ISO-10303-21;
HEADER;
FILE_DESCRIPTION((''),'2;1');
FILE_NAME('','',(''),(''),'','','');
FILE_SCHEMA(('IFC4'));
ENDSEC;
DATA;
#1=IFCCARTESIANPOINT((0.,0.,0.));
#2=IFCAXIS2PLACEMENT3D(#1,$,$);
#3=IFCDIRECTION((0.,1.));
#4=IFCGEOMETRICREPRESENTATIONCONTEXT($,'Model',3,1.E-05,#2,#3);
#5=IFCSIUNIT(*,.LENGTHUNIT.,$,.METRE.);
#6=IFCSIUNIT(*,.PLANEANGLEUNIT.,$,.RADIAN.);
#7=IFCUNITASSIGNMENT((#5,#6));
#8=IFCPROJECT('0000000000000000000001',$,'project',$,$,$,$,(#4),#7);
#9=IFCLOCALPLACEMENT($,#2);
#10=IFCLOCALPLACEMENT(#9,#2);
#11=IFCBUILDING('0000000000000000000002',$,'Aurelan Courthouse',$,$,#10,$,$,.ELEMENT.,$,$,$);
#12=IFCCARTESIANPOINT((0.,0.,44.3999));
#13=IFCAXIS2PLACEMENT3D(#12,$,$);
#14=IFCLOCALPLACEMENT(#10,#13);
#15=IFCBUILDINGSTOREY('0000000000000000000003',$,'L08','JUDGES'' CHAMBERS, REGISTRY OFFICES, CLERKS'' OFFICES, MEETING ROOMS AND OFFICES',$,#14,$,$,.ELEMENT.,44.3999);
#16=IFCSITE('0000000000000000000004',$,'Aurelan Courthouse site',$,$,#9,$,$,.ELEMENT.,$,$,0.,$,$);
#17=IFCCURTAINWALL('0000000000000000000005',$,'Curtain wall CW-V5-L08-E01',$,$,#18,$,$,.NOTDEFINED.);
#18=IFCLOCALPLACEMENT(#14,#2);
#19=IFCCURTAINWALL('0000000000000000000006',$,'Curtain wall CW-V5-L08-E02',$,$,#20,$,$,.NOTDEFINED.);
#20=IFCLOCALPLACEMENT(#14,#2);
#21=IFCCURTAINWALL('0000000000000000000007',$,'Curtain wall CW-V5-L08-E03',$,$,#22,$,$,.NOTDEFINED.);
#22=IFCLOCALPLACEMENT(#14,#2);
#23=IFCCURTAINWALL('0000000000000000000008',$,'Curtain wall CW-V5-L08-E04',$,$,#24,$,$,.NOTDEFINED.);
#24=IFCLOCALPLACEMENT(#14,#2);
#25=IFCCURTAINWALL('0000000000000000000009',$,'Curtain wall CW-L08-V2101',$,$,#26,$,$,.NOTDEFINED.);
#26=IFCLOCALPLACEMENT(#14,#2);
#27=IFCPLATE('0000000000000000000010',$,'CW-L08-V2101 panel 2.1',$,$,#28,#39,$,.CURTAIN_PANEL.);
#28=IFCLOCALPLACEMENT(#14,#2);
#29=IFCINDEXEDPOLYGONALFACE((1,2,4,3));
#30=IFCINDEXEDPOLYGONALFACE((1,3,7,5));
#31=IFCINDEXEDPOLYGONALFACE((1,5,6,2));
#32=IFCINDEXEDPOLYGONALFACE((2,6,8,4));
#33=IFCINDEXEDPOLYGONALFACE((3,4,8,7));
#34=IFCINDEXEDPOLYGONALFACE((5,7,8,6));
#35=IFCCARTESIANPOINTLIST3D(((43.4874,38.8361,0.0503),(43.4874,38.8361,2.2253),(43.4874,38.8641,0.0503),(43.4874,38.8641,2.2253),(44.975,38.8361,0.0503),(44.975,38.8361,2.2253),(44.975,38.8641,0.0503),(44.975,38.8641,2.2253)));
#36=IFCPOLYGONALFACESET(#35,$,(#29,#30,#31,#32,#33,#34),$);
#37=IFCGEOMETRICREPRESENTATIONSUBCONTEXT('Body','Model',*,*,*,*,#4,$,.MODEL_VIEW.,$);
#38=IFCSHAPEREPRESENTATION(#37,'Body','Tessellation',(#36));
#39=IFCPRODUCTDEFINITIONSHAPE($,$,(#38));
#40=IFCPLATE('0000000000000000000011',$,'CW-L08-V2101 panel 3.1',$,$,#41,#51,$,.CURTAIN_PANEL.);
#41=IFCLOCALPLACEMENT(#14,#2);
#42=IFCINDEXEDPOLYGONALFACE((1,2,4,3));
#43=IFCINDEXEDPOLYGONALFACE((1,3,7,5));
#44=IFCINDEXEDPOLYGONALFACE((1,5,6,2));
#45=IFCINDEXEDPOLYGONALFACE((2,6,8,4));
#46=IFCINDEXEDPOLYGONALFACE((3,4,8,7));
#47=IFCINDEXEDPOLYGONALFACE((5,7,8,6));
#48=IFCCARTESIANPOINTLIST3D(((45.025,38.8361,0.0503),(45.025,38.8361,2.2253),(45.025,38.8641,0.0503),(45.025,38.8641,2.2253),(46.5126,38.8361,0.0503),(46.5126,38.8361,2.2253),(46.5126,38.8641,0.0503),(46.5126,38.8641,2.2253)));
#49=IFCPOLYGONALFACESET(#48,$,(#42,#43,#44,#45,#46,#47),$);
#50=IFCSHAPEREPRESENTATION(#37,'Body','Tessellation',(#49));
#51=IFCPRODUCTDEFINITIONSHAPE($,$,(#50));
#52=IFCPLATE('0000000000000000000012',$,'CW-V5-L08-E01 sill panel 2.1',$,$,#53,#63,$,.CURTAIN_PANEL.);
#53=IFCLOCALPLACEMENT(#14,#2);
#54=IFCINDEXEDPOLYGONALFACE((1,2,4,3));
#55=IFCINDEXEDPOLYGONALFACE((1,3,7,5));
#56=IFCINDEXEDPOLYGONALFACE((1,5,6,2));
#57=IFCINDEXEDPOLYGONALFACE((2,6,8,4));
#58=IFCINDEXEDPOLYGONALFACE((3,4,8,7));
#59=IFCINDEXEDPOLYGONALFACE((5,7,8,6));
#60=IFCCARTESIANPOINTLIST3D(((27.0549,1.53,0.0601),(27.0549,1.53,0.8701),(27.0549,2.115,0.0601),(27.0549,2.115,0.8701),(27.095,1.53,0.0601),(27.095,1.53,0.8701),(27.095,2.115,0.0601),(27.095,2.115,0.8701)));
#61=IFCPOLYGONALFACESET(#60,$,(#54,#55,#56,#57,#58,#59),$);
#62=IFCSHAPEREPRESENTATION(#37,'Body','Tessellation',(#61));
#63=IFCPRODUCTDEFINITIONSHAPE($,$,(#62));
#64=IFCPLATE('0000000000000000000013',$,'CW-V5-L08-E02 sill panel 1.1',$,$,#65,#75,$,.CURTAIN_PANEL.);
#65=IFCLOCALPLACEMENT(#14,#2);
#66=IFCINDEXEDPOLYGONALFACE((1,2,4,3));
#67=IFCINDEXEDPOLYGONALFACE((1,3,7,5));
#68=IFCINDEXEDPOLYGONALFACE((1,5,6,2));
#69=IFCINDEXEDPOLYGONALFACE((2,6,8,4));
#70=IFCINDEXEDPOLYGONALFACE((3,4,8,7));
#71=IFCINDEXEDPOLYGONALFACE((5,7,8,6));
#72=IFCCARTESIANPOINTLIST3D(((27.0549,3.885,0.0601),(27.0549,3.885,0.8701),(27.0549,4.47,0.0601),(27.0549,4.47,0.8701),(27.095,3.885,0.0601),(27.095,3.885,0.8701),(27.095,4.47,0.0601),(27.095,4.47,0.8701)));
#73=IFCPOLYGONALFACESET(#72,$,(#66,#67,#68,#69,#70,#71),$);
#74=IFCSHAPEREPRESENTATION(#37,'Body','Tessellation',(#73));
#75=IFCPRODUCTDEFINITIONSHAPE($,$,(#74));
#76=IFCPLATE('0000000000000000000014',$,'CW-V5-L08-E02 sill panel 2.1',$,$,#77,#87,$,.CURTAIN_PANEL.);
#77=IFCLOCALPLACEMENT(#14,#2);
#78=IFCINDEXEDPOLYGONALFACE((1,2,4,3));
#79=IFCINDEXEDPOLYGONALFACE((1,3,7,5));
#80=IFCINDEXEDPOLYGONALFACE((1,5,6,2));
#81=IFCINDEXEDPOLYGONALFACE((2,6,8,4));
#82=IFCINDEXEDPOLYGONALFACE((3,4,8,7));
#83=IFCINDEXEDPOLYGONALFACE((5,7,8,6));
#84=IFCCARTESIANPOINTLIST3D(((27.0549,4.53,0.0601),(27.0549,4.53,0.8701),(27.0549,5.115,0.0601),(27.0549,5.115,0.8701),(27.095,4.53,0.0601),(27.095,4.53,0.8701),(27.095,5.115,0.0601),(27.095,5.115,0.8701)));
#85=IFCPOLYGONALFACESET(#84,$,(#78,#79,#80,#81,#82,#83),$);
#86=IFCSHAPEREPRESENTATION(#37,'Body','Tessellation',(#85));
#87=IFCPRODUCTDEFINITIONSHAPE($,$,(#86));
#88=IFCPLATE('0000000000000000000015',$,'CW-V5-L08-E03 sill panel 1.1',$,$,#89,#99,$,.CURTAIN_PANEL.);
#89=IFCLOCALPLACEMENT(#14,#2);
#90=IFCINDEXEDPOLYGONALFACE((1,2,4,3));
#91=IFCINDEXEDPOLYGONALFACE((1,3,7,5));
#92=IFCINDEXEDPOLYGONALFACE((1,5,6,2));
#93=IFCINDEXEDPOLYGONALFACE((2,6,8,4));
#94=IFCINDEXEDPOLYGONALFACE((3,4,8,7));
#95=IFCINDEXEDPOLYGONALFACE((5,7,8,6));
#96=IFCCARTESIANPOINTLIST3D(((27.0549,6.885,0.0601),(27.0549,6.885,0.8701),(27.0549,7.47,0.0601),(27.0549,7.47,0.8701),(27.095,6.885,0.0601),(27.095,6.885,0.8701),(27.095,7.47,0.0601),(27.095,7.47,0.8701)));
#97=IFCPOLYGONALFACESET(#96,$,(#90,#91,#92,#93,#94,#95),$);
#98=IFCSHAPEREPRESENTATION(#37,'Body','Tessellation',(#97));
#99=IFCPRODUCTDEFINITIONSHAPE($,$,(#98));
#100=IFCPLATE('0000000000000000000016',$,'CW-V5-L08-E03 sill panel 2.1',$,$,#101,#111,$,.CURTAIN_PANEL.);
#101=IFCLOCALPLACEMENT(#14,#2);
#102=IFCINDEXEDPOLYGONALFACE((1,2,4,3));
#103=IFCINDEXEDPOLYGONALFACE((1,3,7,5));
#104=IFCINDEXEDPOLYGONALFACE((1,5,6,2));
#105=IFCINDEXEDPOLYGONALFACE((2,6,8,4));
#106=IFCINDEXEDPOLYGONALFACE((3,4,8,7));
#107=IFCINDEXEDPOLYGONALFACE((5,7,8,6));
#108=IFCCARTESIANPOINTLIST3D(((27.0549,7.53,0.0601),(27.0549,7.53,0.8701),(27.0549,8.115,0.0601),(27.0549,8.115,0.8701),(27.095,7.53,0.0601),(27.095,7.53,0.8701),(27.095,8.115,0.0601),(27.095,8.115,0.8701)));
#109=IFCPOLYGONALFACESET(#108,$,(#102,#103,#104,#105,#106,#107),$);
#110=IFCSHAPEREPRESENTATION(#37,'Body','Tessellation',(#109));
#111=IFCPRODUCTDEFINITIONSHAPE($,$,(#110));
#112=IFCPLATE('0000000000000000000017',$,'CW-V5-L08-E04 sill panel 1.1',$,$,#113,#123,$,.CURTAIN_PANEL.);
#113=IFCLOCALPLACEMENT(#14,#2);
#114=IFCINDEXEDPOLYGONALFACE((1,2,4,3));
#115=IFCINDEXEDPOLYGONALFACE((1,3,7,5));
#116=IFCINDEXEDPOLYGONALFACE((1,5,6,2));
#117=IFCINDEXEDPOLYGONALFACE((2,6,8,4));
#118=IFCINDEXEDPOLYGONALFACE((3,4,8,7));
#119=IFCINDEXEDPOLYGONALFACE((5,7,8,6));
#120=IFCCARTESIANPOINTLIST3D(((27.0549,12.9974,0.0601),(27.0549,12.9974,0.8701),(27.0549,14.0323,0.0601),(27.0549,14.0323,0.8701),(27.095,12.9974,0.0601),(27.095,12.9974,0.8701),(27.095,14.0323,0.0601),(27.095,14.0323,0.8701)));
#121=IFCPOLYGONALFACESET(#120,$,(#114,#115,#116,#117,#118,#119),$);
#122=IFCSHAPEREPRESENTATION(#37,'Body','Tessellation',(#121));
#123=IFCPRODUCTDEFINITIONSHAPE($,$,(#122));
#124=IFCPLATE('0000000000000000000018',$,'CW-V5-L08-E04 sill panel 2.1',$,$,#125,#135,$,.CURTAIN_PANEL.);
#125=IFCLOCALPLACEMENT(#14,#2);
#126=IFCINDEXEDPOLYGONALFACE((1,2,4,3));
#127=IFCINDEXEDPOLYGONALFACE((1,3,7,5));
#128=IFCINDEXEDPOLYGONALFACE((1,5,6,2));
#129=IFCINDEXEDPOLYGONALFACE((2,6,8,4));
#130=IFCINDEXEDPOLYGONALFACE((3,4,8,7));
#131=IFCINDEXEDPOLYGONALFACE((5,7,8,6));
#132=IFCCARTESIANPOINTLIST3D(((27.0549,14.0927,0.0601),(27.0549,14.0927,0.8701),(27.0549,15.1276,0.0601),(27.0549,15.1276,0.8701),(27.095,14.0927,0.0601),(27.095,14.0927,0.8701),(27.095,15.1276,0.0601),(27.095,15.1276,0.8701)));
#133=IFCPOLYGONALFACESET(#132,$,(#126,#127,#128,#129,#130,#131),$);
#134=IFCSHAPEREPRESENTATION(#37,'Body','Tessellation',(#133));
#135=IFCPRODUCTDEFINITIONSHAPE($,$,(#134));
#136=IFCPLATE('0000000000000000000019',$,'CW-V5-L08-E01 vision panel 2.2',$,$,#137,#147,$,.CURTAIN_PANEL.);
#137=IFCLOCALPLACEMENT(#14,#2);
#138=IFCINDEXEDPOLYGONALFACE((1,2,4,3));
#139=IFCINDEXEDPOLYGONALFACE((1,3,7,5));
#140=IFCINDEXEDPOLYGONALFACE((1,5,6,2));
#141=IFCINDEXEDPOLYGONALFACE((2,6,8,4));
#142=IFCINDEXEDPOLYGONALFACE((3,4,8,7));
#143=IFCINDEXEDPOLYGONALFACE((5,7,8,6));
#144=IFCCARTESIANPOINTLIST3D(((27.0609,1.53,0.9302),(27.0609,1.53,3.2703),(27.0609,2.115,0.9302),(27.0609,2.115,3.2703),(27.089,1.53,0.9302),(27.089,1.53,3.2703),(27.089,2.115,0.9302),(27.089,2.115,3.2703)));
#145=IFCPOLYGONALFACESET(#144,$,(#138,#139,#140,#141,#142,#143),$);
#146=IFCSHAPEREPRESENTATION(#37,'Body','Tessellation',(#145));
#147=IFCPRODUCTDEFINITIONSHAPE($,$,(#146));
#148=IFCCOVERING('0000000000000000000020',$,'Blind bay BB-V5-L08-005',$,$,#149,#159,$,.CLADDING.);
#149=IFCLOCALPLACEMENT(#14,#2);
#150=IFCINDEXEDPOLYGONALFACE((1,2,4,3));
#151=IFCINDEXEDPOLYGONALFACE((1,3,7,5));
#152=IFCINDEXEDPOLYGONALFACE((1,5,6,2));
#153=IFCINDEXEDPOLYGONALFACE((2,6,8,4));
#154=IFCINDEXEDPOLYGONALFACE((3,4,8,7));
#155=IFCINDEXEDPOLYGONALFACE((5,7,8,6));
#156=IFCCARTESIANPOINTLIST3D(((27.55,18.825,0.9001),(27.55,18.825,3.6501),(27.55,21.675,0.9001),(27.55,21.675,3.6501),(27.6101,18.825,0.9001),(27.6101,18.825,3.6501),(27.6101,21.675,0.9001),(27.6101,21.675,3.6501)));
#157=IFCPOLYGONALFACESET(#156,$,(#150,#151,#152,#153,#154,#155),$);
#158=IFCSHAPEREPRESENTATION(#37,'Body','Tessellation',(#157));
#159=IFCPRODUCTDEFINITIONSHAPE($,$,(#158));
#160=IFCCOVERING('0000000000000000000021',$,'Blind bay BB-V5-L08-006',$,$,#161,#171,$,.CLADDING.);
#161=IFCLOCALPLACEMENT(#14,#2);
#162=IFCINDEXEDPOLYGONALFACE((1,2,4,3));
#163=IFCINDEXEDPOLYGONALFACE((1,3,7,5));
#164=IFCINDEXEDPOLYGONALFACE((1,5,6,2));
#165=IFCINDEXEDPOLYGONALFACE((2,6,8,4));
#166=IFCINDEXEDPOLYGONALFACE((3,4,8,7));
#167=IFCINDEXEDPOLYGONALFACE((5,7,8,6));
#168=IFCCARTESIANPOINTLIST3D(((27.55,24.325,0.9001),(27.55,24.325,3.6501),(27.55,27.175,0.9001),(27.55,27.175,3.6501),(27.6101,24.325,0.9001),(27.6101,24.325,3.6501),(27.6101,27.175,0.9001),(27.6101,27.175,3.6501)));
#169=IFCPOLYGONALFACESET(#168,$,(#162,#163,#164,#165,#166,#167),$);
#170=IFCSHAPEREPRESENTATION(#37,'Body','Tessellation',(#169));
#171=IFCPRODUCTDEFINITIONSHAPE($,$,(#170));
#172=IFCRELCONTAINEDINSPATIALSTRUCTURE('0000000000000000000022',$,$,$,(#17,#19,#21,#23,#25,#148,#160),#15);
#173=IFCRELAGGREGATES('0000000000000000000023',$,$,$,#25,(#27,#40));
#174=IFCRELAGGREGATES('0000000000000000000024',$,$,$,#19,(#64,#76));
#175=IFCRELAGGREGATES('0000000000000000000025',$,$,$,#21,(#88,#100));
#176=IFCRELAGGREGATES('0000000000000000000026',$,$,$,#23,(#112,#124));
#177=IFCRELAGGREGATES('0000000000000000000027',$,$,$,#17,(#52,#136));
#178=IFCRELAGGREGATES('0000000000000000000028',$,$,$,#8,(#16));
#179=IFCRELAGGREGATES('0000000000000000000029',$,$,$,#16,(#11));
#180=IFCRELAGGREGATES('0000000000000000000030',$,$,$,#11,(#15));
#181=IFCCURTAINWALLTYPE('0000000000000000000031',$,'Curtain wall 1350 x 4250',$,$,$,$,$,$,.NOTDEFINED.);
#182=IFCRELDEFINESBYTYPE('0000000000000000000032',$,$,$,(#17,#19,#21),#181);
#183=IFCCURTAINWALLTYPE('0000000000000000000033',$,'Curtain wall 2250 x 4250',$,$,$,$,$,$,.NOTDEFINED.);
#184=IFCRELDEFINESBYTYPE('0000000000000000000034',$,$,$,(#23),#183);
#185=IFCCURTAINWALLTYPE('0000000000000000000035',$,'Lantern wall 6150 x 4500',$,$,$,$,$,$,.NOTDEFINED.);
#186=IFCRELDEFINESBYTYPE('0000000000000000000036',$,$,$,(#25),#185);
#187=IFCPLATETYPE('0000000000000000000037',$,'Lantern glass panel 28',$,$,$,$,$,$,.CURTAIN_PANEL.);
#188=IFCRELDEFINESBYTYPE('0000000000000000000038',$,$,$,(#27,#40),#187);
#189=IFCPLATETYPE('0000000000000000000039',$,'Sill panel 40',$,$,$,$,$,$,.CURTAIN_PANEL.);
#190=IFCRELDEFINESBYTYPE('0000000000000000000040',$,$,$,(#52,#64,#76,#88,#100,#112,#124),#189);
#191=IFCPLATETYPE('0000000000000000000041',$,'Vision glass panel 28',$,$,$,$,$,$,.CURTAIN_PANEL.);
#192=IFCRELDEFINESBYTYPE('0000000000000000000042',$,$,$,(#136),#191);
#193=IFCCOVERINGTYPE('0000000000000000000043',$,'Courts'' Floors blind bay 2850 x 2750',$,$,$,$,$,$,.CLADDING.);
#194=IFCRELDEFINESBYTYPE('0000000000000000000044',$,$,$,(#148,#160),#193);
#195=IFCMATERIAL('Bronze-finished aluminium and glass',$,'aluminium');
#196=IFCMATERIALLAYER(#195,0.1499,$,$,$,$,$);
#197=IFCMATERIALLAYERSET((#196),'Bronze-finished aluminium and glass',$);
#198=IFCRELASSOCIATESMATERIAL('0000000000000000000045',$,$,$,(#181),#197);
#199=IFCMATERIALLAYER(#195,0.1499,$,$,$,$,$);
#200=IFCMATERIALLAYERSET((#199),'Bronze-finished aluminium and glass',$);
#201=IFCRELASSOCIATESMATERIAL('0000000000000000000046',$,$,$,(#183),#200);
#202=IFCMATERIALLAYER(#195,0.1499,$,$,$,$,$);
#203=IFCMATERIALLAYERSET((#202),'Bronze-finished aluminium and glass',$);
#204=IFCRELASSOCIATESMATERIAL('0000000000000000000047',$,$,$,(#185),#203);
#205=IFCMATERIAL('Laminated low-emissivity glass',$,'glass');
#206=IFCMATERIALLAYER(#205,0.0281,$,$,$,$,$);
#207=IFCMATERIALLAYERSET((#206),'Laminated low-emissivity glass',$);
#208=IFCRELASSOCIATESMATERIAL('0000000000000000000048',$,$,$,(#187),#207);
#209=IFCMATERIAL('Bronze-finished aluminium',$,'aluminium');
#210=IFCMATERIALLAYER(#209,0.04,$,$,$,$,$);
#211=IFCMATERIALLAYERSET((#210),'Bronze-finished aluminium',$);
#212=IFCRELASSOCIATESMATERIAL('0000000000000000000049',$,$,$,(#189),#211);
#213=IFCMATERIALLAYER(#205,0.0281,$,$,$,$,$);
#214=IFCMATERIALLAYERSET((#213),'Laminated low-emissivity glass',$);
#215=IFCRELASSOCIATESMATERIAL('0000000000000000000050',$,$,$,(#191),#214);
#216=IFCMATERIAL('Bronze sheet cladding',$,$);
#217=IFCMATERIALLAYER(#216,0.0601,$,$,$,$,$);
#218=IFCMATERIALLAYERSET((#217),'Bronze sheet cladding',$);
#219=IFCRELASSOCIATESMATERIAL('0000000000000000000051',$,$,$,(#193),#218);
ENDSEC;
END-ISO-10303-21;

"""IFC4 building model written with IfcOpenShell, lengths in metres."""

from ifc_helpers import new_model, si_unit, direction, frame, origin, origin_2d, place, context, subcontext, project, spatial, rectangle, extrude, material, layer, layer_set, type_object, element, aggregate, save


model = new_model("IFC4")

# Units and contexts
model_context = context("Model", 3, precision=1e-05, world=origin(), true_north=direction((0.0, 1.0)))
body_context = subcontext(model_context, "Body", "Model", "MODEL_VIEW")
ifc_project = project(units=[si_unit("LENGTHUNIT", "METRE"), si_unit("PLANEANGLEUNIT", "RADIAN")], contexts=[model_context])

# Site, building, storey
site_placement = place(None, origin())
site = spatial("IfcSite", under=ifc_project, at=site_placement, Name="Aurelan Courthouse site", CompositionType="ELEMENT", RefElevation=0.0)
building_placement = place(site_placement, origin())
building = spatial("IfcBuilding", under=site, at=building_placement, Name="Aurelan Courthouse", CompositionType="ELEMENT")
storey_placement = place(building_placement, frame((0.0, 0.0, 44.3999)))
storey = spatial("IfcBuildingStorey", under=building, at=storey_placement, Name="L08", Description="JUDGES' CHAMBERS, REGISTRY OFFICES, CLERKS' OFFICES, MEETING ROOMS AND OFFICES", CompositionType="ELEMENT", Elevation=44.3999)

# Curtain walls
ifc_material_1 = material(Name="Bronze-finished aluminium and glass", Category="aluminium")
ifc_layer_1 = layer(ifc_material_1, 0.1499)
ifc_layer_set_1 = layer_set([ifc_layer_1], Name="Bronze-finished aluminium and glass")
curtain_wall_type_1 = type_object("IfcCurtainWallType", Name="Curtain wall 1350 x 4250", PredefinedType="NOTDEFINED", material=ifc_layer_set_1)
curtain_wall_1_placement = place(storey_placement, origin())
curtain_wall_1 = element("IfcCurtainWall", 1, at=curtain_wall_1_placement, inside=storey, type_object=curtain_wall_type_1, Name="Curtain wall CW-V5-L08-E01", PredefinedType="NOTDEFINED")
ifc_material_2 = material(Name="Bronze-finished aluminium", Category="aluminium")
curtain_wall_2_placement = place(storey_placement, origin())
curtain_wall_2 = element("IfcCurtainWall", 2, at=curtain_wall_2_placement, inside=storey, type_object=curtain_wall_type_1, Name="Curtain wall CW-V5-L08-E02", PredefinedType="NOTDEFINED")
curtain_wall_3_placement = place(storey_placement, origin())
curtain_wall_3 = element("IfcCurtainWall", 3, at=curtain_wall_3_placement, inside=storey, type_object=curtain_wall_type_1, Name="Curtain wall CW-V5-L08-E03", PredefinedType="NOTDEFINED")
ifc_layer_2 = layer(ifc_material_1, 0.1499)
ifc_layer_set_2 = layer_set([ifc_layer_2], Name="Bronze-finished aluminium and glass")
curtain_wall_type_2 = type_object("IfcCurtainWallType", Name="Curtain wall 2250 x 4250", PredefinedType="NOTDEFINED", material=ifc_layer_set_2)
curtain_wall_4_placement = place(storey_placement, origin())
curtain_wall_4 = element("IfcCurtainWall", 4, at=curtain_wall_4_placement, inside=storey, type_object=curtain_wall_type_2, Name="Curtain wall CW-V5-L08-E04", PredefinedType="NOTDEFINED")

# Curtain wall, plates
ifc_layer_3 = layer(ifc_material_1, 0.1499)
ifc_layer_set_3 = layer_set([ifc_layer_3], Name="Bronze-finished aluminium and glass")
curtain_wall_type_3 = type_object("IfcCurtainWallType", Name="Lantern wall 6150 x 4500", PredefinedType="NOTDEFINED", material=ifc_layer_set_3)
curtain_wall_5_placement = place(storey_placement, origin())
curtain_wall_5 = element("IfcCurtainWall", 5, at=curtain_wall_5_placement, inside=storey, type_object=curtain_wall_type_3, Name="Curtain wall CW-L08-V2101", PredefinedType="NOTDEFINED")
ifc_material_3 = material(Name="Laminated low-emissivity glass", Category="glass")
ifc_layer_4 = layer(ifc_material_3, 0.0281)
ifc_layer_set_4 = layer_set([ifc_layer_4], Name="Laminated low-emissivity glass")
plate_type_1 = type_object("IfcPlateType", Name="Lantern glass panel 28", PredefinedType="CURTAIN_PANEL", material=ifc_layer_set_4)
plate_1_placement = place(storey_placement, frame((44.2312, 38.8501, 0.0503), z_axis=(0.0, 0.0, 1.0), x_axis=(1.0, 0.0, 0.0)))
plate_1 = element("IfcPlate", 6, at=plate_1_placement, type_object=plate_type_1, Name="CW-L08-V2101 panel 2.1", PredefinedType="CURTAIN_PANEL", context=body_context, shape_type="SweptSolid", body=[
    extrude(rectangle(XDim=1.4875, YDim=0.0281, at=origin_2d()), origin(), (0.0, 0.0, 1.0), 2.175),
])
plate_2_placement = place(storey_placement, frame((45.7688, 38.8501, 0.0503), z_axis=(0.0, 0.0, 1.0), x_axis=(1.0, 0.0, 0.0)))
plate_2 = element("IfcPlate", 7, at=plate_2_placement, type_object=plate_type_1, Name="CW-L08-V2101 panel 3.1", PredefinedType="CURTAIN_PANEL", context=body_context, shape_type="SweptSolid", body=[
    extrude(rectangle(XDim=1.4875, YDim=0.0281, at=origin_2d()), origin(), (0.0, 0.0, 1.0), 2.175),
])
aggregate(curtain_wall_5, [plate_1, plate_2])

# Plates
ifc_layer_5 = layer(ifc_material_2, 0.04)
ifc_layer_set_5 = layer_set([ifc_layer_5], Name="Bronze-finished aluminium")
plate_type_2 = type_object("IfcPlateType", Name="Sill panel 40", PredefinedType="CURTAIN_PANEL", material=ifc_layer_set_5)
plate_3_placement = place(storey_placement, frame((27.075, 1.8225, 0.0601), z_axis=(0.0, 0.0, 1.0), x_axis=(0.0, 1.0, 0.0)))
plate_3 = element("IfcPlate", 8, at=plate_3_placement, type_object=plate_type_2, Name="CW-V5-L08-E01 sill panel 2.1", PredefinedType="CURTAIN_PANEL", context=body_context, shape_type="SweptSolid", body=[
    extrude(rectangle(XDim=0.585, YDim=0.04, at=origin_2d()), origin(), (0.0, 0.0, 1.0), 0.8101),
])
plate_4_placement = place(storey_placement, frame((27.075, 4.1775, 0.0601), z_axis=(0.0, 0.0, 1.0), x_axis=(0.0, 1.0, 0.0)))
plate_4 = element("IfcPlate", 9, at=plate_4_placement, type_object=plate_type_2, Name="CW-V5-L08-E02 sill panel 1.1", PredefinedType="CURTAIN_PANEL", context=body_context, shape_type="SweptSolid", body=[
    extrude(rectangle(XDim=0.585, YDim=0.04, at=origin_2d()), origin(), (0.0, 0.0, 1.0), 0.8101),
])
plate_5_placement = place(storey_placement, frame((27.075, 4.8225, 0.0601), z_axis=(0.0, 0.0, 1.0), x_axis=(0.0, 1.0, 0.0)))
plate_5 = element("IfcPlate", 10, at=plate_5_placement, type_object=plate_type_2, Name="CW-V5-L08-E02 sill panel 2.1", PredefinedType="CURTAIN_PANEL", context=body_context, shape_type="SweptSolid", body=[
    extrude(rectangle(XDim=0.585, YDim=0.04, at=origin_2d()), origin(), (0.0, 0.0, 1.0), 0.8101),
])
aggregate(curtain_wall_2, [plate_4, plate_5])
plate_6_placement = place(storey_placement, frame((27.075, 7.1775, 0.0601), z_axis=(0.0, 0.0, 1.0), x_axis=(0.0, 1.0, 0.0)))
plate_6 = element("IfcPlate", 11, at=plate_6_placement, type_object=plate_type_2, Name="CW-V5-L08-E03 sill panel 1.1", PredefinedType="CURTAIN_PANEL", context=body_context, shape_type="SweptSolid", body=[
    extrude(rectangle(XDim=0.585, YDim=0.04, at=origin_2d()), origin(), (0.0, 0.0, 1.0), 0.8101),
])
plate_7_placement = place(storey_placement, frame((27.075, 7.8225, 0.0601), z_axis=(0.0, 0.0, 1.0), x_axis=(0.0, 1.0, 0.0)))
plate_7 = element("IfcPlate", 12, at=plate_7_placement, type_object=plate_type_2, Name="CW-V5-L08-E03 sill panel 2.1", PredefinedType="CURTAIN_PANEL", context=body_context, shape_type="SweptSolid", body=[
    extrude(rectangle(XDim=0.585, YDim=0.04, at=origin_2d()), origin(), (0.0, 0.0, 1.0), 0.8101),
])
aggregate(curtain_wall_3, [plate_6, plate_7])
plate_8_placement = place(storey_placement, frame((27.075, 13.5149, 0.0601), z_axis=(0.0, 0.0, 1.0), x_axis=(0.0, 1.0, 0.0)))
plate_8 = element("IfcPlate", 13, at=plate_8_placement, type_object=plate_type_2, Name="CW-V5-L08-E04 sill panel 1.1", PredefinedType="CURTAIN_PANEL", context=body_context, shape_type="SweptSolid", body=[
    extrude(rectangle(XDim=1.0349, YDim=0.04, at=origin_2d()), origin(), (0.0, 0.0, 1.0), 0.8101),
])
plate_9_placement = place(storey_placement, frame((27.075, 14.6101, 0.0601), z_axis=(0.0, 0.0, 1.0), x_axis=(0.0, 1.0, 0.0)))
plate_9 = element("IfcPlate", 14, at=plate_9_placement, type_object=plate_type_2, Name="CW-V5-L08-E04 sill panel 2.1", PredefinedType="CURTAIN_PANEL", context=body_context, shape_type="SweptSolid", body=[
    extrude(rectangle(XDim=1.0349, YDim=0.04, at=origin_2d()), origin(), (0.0, 0.0, 1.0), 0.8101),
])
aggregate(curtain_wall_4, [plate_8, plate_9])
ifc_layer_6 = layer(ifc_material_3, 0.0281)
ifc_layer_set_6 = layer_set([ifc_layer_6], Name="Laminated low-emissivity glass")
plate_type_3 = type_object("IfcPlateType", Name="Vision glass panel 28", PredefinedType="CURTAIN_PANEL", material=ifc_layer_set_6)
plate_10_placement = place(storey_placement, frame((27.075, 1.8225, 0.9302), z_axis=(0.0, 0.0, 1.0), x_axis=(0.0, 1.0, 0.0)))
plate_10 = element("IfcPlate", 15, at=plate_10_placement, type_object=plate_type_3, Name="CW-V5-L08-E01 vision panel 2.2", PredefinedType="CURTAIN_PANEL", context=body_context, shape_type="SweptSolid", body=[
    extrude(rectangle(XDim=0.585, YDim=0.0281, at=origin_2d()), origin(), (0.0, 0.0, 1.0), 2.3401),
])
aggregate(curtain_wall_1, [plate_3, plate_10])

# Coverings
ifc_material_4 = material(Name="Bronze sheet cladding")
ifc_layer_7 = layer(ifc_material_4, 0.0601)
ifc_layer_set_7 = layer_set([ifc_layer_7], Name="Bronze sheet cladding")
covering_type = type_object("IfcCoveringType", Name="Courts' Floors blind bay 2850 x 2750", PredefinedType="CLADDING", material=ifc_layer_set_7)
for number, where, z_axis, x_axis, name in (
    (16, (27.5801, 20.25, 0.9001), (0.0, 0.0, 1.0), (1.0, 0.0, 0.0), "Blind bay BB-V5-L08-005"),
    (17, (27.5801, 25.75, 0.9001), (0.0, 0.0, 1.0), (1.0, 0.0, 0.0), "Blind bay BB-V5-L08-006"),
):
    element("IfcCovering", number, at=place(storey_placement, frame(where, z_axis=z_axis, x_axis=x_axis)), inside=storey, type_object=covering_type, Name=name, PredefinedType="CLADDING", context=body_context, shape_type="SweptSolid", body=[
        extrude(rectangle(XDim=0.0601, YDim=2.8501, at=origin_2d()), origin(), (0.0, 0.0, 1.0), 2.75),
    ])

save(model, "model.ifc")
